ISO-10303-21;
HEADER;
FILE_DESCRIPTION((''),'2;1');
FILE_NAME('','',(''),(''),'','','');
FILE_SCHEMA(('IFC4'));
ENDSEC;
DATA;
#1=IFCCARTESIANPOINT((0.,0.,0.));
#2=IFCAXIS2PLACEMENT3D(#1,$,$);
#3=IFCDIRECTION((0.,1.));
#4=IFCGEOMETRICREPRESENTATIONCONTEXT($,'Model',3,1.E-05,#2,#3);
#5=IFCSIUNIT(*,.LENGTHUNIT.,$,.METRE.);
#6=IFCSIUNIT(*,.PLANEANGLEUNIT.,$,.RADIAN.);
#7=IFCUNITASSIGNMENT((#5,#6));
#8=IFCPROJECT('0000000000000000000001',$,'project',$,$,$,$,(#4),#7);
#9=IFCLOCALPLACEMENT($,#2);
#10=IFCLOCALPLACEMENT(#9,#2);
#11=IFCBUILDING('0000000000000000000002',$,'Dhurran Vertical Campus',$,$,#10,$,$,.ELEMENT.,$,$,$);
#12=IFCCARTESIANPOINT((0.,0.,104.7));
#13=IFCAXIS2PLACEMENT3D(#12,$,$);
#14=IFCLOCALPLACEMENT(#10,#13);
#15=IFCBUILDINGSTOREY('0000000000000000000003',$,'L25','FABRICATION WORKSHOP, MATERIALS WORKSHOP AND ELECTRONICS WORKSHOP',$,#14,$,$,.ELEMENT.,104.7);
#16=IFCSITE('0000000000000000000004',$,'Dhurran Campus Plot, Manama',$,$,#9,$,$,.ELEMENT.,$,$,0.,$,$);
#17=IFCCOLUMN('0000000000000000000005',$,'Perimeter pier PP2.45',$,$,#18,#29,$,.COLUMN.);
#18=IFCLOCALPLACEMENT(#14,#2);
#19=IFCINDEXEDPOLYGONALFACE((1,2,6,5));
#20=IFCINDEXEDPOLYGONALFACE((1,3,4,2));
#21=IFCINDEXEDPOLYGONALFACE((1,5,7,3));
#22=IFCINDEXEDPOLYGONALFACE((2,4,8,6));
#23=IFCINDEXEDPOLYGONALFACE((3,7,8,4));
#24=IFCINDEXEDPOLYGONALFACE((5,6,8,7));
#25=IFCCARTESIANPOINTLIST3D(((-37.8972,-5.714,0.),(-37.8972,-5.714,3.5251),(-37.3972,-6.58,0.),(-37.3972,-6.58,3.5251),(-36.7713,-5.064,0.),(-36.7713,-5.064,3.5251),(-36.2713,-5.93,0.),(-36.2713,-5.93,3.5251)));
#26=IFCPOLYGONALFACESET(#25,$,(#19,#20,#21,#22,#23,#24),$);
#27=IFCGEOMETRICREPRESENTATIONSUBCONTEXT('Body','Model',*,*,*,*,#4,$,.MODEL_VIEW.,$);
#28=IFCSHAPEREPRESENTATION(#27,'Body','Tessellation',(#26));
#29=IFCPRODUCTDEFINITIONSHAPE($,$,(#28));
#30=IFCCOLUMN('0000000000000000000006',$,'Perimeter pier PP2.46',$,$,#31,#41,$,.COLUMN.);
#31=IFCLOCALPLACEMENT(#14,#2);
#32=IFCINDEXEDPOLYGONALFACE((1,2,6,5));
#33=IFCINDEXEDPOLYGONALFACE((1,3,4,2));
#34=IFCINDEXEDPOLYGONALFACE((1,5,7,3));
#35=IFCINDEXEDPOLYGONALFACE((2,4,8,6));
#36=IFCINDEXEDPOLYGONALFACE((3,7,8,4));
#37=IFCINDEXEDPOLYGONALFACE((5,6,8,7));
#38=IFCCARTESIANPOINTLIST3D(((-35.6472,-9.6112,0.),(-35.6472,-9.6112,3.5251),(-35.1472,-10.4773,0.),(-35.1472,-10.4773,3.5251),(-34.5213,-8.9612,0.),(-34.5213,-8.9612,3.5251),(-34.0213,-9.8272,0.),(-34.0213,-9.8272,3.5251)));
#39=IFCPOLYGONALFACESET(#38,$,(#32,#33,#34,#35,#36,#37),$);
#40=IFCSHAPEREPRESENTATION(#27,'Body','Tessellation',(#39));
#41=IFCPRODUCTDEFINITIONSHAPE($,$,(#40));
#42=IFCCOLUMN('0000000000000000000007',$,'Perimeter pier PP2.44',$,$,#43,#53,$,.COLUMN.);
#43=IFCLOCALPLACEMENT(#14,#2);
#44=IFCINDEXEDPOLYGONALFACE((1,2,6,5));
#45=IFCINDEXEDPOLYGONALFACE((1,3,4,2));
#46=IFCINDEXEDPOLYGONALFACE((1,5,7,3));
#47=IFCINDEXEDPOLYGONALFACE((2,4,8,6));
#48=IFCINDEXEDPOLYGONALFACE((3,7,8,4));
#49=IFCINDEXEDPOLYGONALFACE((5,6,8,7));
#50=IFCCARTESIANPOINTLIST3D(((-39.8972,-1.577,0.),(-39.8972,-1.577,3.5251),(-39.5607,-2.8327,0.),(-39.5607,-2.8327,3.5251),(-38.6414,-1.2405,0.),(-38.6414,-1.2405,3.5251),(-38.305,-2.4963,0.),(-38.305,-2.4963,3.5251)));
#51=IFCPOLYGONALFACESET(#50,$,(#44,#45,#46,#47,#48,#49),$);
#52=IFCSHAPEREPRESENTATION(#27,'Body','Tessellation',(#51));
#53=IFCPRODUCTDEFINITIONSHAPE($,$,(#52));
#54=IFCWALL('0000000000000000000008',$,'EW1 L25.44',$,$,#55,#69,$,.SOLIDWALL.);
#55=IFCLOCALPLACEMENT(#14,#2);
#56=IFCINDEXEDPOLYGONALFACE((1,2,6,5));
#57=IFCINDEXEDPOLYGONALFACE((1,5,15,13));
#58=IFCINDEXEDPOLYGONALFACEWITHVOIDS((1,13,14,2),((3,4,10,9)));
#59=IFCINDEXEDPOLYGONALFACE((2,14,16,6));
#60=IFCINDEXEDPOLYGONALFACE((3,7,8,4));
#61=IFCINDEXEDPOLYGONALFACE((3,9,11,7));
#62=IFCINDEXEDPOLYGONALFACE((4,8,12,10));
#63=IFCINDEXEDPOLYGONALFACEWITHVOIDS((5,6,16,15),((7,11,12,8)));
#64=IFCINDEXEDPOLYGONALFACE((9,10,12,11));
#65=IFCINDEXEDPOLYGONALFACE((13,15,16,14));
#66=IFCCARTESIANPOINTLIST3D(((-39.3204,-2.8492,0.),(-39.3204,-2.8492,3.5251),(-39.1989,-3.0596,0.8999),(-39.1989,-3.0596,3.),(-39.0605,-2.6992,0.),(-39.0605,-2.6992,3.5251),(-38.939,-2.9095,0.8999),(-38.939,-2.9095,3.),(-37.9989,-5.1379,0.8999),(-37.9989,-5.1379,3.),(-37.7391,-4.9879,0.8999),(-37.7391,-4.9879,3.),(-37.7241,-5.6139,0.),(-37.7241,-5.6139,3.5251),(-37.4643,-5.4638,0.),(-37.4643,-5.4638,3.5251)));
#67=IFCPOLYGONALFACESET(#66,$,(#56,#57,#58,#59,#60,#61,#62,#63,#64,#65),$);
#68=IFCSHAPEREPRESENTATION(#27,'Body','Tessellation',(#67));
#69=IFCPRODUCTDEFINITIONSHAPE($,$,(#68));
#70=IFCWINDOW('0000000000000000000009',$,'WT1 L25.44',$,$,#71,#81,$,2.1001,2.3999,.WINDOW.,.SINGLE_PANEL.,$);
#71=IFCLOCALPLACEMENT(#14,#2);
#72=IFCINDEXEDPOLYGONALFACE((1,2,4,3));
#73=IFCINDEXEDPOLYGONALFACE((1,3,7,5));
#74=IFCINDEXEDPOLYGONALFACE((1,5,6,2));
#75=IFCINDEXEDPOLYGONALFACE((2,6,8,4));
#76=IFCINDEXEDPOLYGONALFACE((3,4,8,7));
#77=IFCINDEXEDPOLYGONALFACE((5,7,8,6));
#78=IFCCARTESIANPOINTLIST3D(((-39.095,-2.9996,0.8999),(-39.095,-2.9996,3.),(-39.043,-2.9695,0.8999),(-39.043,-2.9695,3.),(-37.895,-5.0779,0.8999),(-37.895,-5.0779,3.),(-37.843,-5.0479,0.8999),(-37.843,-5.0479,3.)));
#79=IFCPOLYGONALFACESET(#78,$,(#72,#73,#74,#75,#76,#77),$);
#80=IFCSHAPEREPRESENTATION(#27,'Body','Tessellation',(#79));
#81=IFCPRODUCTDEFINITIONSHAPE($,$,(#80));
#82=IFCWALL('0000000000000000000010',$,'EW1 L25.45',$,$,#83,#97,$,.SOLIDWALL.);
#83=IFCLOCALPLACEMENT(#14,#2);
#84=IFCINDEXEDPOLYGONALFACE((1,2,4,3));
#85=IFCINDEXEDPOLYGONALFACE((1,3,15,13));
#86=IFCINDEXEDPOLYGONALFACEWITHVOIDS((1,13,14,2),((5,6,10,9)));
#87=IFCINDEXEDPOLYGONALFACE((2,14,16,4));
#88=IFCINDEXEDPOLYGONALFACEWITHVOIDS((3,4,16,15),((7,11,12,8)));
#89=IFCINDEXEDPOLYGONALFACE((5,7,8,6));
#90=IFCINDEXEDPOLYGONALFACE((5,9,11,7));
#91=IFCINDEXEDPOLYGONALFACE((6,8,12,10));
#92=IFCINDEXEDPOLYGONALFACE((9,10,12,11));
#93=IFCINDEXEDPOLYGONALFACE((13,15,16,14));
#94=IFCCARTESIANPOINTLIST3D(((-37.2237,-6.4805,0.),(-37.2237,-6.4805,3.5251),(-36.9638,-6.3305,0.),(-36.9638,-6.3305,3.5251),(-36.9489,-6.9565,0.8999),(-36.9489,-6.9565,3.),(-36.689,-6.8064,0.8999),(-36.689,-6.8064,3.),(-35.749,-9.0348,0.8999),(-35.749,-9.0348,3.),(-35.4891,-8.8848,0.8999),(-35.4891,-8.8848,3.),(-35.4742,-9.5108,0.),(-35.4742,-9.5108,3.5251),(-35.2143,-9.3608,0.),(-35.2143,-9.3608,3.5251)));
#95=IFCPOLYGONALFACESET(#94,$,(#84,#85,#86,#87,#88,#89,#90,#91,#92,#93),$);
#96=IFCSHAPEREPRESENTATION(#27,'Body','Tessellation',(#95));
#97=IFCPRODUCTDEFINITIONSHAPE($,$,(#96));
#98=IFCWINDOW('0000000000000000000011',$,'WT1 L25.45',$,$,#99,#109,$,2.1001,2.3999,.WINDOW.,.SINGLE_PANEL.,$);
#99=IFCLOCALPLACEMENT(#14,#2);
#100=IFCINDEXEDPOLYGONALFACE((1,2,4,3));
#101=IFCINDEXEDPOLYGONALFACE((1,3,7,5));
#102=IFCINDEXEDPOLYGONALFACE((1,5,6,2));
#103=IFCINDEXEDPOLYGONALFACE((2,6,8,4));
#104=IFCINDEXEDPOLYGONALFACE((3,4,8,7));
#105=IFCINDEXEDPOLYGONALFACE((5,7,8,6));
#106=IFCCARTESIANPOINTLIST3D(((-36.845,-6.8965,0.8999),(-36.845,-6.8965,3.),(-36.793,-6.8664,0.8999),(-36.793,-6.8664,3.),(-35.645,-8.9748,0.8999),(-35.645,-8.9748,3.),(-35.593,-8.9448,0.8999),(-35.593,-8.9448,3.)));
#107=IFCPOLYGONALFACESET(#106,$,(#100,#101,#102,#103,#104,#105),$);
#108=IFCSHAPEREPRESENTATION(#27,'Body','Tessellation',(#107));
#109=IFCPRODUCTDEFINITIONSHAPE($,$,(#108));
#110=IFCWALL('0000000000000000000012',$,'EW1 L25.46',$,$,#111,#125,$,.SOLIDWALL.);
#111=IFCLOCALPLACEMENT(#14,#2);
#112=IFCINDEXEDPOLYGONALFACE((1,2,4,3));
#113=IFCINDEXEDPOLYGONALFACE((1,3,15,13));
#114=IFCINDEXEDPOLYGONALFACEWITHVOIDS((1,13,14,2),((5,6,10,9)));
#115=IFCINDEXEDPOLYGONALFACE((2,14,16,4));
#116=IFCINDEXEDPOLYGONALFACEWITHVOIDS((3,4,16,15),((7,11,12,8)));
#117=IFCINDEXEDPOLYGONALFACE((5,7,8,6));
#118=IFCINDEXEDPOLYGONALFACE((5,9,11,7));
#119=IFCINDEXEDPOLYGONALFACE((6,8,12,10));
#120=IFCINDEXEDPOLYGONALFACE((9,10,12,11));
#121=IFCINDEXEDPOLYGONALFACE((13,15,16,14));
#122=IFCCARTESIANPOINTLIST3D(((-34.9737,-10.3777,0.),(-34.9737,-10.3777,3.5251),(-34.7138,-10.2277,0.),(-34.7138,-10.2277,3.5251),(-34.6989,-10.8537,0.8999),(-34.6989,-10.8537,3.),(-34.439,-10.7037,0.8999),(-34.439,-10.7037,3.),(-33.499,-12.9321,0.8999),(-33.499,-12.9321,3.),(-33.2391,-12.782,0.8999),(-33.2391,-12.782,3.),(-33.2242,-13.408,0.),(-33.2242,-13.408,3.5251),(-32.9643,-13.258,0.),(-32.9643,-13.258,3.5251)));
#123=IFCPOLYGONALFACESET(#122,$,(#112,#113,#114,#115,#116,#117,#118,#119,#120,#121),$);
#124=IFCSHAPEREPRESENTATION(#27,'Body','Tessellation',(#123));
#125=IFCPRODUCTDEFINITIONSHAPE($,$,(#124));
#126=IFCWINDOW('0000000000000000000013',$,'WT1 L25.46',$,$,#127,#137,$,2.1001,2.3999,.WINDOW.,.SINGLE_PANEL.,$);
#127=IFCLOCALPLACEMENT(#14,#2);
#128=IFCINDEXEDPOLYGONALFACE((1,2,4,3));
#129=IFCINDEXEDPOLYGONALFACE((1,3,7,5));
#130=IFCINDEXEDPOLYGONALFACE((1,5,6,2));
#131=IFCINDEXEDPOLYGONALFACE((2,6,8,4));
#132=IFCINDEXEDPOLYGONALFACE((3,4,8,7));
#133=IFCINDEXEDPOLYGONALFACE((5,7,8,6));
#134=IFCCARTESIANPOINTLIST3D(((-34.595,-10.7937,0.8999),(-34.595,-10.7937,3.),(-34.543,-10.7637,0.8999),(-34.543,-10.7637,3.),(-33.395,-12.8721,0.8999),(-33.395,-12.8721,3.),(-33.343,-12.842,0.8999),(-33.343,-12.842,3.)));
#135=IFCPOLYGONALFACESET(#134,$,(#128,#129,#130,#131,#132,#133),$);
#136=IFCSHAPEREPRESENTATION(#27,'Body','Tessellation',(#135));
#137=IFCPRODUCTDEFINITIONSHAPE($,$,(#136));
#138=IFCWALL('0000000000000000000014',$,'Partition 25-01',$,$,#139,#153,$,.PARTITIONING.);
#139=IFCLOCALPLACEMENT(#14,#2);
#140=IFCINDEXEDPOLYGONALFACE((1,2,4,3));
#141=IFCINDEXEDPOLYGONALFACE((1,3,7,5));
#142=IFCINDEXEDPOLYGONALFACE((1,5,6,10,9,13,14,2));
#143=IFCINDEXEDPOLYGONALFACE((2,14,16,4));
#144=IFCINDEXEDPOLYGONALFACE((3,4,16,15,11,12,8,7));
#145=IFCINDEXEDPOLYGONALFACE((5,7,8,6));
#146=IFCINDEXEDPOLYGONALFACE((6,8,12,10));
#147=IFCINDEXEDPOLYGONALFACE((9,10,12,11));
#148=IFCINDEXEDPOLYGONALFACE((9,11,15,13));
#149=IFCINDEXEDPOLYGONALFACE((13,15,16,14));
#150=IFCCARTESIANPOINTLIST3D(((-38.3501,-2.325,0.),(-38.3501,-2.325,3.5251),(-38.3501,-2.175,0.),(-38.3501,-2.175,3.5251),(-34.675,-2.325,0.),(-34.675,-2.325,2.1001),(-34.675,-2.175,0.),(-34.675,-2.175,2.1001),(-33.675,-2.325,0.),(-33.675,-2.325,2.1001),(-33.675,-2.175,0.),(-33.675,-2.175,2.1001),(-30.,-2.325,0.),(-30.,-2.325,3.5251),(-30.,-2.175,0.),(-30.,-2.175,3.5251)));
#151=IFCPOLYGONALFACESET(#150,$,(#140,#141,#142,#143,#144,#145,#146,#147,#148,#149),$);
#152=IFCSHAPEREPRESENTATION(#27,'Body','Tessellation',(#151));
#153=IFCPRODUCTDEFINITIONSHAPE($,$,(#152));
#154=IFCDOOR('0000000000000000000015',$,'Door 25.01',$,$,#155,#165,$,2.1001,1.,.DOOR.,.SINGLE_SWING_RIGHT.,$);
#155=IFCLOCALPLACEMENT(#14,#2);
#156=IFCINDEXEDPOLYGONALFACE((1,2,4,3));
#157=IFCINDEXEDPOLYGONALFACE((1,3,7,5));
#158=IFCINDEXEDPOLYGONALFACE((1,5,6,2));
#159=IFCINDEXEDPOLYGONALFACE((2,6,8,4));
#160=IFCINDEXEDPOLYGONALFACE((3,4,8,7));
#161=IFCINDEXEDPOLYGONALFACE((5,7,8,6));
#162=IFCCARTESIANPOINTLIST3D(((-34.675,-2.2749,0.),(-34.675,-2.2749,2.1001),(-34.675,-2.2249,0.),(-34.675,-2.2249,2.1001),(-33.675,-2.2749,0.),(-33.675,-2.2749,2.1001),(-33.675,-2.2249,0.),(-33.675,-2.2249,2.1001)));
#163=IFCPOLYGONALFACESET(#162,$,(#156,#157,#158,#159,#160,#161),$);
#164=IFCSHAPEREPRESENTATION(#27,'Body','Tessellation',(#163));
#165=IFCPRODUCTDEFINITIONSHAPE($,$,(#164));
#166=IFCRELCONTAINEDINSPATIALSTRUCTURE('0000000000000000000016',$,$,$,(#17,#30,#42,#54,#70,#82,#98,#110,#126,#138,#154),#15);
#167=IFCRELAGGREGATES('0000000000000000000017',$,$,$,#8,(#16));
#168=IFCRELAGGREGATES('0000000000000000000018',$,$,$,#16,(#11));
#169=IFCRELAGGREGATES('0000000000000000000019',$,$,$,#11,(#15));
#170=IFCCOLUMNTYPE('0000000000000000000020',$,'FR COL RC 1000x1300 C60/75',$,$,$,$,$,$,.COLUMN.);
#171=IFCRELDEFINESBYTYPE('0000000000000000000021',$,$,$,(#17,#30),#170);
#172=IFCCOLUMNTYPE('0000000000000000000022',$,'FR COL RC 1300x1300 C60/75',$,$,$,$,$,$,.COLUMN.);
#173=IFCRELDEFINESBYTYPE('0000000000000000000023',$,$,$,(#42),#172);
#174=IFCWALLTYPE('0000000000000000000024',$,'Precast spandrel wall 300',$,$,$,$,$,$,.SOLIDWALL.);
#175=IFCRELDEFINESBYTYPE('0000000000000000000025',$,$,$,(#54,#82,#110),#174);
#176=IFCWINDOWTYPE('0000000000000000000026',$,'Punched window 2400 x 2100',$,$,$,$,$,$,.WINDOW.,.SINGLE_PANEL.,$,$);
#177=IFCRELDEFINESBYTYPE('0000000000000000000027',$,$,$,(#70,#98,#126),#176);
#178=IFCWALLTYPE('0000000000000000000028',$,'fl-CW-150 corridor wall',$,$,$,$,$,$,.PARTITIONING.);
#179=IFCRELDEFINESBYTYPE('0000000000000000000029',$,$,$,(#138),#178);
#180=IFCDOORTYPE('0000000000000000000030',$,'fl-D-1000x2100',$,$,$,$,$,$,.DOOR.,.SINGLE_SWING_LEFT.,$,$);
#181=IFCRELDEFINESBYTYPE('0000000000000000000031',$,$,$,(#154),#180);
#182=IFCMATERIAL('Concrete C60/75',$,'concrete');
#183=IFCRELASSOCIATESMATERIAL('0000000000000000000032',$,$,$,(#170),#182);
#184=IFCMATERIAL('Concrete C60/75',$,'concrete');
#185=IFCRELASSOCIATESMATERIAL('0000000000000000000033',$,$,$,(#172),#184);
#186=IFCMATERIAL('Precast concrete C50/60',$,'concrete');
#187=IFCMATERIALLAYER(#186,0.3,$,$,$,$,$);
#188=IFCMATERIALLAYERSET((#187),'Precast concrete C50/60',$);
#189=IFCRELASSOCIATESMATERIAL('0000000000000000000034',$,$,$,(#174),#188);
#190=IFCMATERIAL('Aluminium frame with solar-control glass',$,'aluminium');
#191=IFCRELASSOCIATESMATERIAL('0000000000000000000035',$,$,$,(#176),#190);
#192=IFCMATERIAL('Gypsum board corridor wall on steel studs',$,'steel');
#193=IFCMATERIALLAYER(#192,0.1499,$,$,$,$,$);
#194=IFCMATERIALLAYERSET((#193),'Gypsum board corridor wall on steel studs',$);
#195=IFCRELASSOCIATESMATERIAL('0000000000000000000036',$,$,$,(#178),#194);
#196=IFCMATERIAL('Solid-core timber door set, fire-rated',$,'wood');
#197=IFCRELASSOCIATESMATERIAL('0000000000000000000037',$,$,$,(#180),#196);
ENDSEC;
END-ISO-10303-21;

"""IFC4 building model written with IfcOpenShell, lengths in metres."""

from ifc_helpers import new_model, si_unit, direction, frame, frame_2d, origin, origin_2d, place, context, subcontext, project, spatial, rectangle, extrude, material, layer, layer_set, material_profile, profile_set, type_object, element, fill, save


model = new_model("IFC4")

# Units and contexts
model_context = context("Model", 3, precision=1e-05, world=origin(), true_north=direction((0.0, 1.0)))
body_context = subcontext(model_context, "Body", "Model", "MODEL_VIEW")
ifc_project = project(units=[si_unit("LENGTHUNIT", "METRE"), si_unit("PLANEANGLEUNIT", "RADIAN")], contexts=[model_context])

# Site, building, storey
site_placement = place(None, origin())
site = spatial("IfcSite", under=ifc_project, at=site_placement, Name="Dhurran Campus Plot, Manama", CompositionType="ELEMENT", RefElevation=0.0)
building_placement = place(site_placement, origin())
building = spatial("IfcBuilding", under=site, at=building_placement, Name="Dhurran Vertical Campus", CompositionType="ELEMENT")
storey_placement = place(building_placement, frame((0.0, 0.0, 104.7)))
storey = spatial("IfcBuildingStorey", under=building, at=storey_placement, Name="L25", Description="FABRICATION WORKSHOP, MATERIALS WORKSHOP AND ELECTRONICS WORKSHOP", CompositionType="ELEMENT", Elevation=104.7)

# Columns
ifc_material_1 = material(Name="Concrete C60/75", Category="concrete")
ifc_material_profile_1 = material_profile(ifc_material_1, rectangle(XDim=1.0, YDim=1.3, at=origin_2d()), Name="RC 1000x1300")
ifc_profile_set_1 = profile_set([ifc_material_profile_1], Name="Concrete C60/75")
column_type_1 = type_object("IfcColumnType", Name="FR COL RC 1000x1300 C60/75", PredefinedType="COLUMN", material=ifc_profile_set_1)
for number, where, z_axis, x_axis, name in (
    (1, (-37.0842, -5.822, 0.0), (0.0, 0.0, 1.0), (0.5, -0.866025, 0.0), "Perimeter pier PP2.45"),
    (2, (-34.8342, -9.7192, 0.0), (0.0, 0.0, 1.0), (0.5, -0.866025, 0.0), "Perimeter pier PP2.46"),
):
    element("IfcColumn", number, at=place(storey_placement, frame(where, z_axis=z_axis, x_axis=x_axis)), inside=storey, type_object=column_type_1, Name=name, PredefinedType="COLUMN", context=body_context, shape_type="SweptSolid", body=[
        extrude(rectangle(XDim=1.0, YDim=1.3, at=origin_2d()), origin(), (0.0, 0.0, 1.0), 3.5251),
    ])
ifc_material_2 = material(Name="Concrete C60/75", Category="concrete")
ifc_material_profile_2 = material_profile(ifc_material_2, rectangle(XDim=1.3, YDim=1.3, at=origin_2d()), Name="RC 1300x1300")
ifc_profile_set_2 = profile_set([ifc_material_profile_2], Name="Concrete C60/75")
column_type_2 = type_object("IfcColumnType", Name="FR COL RC 1300x1300 C60/75", PredefinedType="COLUMN", material=ifc_profile_set_2)
column_placement = place(storey_placement, frame((-39.1011, -2.0366, 0.0), z_axis=(0.0, 0.0, 1.0), x_axis=(0.258819, -0.965926, 0.0)))
element("IfcColumn", 3, at=column_placement, inside=storey, type_object=column_type_2, Name="Perimeter pier PP2.44", PredefinedType="COLUMN", context=body_context, shape_type="SweptSolid", body=[
    extrude(rectangle(XDim=1.3, YDim=1.3, at=origin_2d()), origin(), (0.0, 0.0, 1.0), 3.5251),
])

# Walls, openings, windows
ifc_material_3 = material(Name="Precast concrete C50/60", Category="concrete")
ifc_layer_1 = layer(ifc_material_3, 0.3)
ifc_layer_set_1 = layer_set([ifc_layer_1], Name="Precast concrete C50/60")
wall_type_1 = type_object("IfcWallType", Name="Precast spandrel wall 300", PredefinedType="SOLIDWALL", material=ifc_layer_set_1)
wall_1_placement = place(storey_placement, frame((-39.1904, -2.7742, 0.0), z_axis=(0.0, 0.0, 1.0), x_axis=(0.500005, -0.866023, 0.0)))
wall_1 = element("IfcWall", 4, at=wall_1_placement, inside=storey, type_object=wall_type_1, Name="EW1 L25.44", PredefinedType="SOLIDWALL", context=body_context, shape_type="SweptSolid", body=[
    extrude(rectangle(XDim=3.1924, YDim=0.3, at=frame_2d((1.5962, 0.0))), origin(), (0.0, 0.0, 1.0), 3.5251),
])
opening_1_placement = place(wall_1_placement, frame((0.2429, 0.0, 0.8999)))
opening_1 = element("IfcOpeningElement", 5, at=opening_1_placement, cuts=wall_1, PredefinedType="OPENING", context=body_context, shape_type="SweptSolid", body=[
    extrude(rectangle(XDim=2.3999, YDim=2.1001, at=frame_2d((1.2, 1.05))), frame((0.0, 0.1599, 0.0), z_axis=(0.0, -1.0, 0.0), x_axis=(1.0, 0.0, 0.0)), (0.0, 0.0, 1.0), 0.3201),
])
ifc_material_4 = material(Name="Aluminium frame with solar-control glass", Category="aluminium")
window_type = type_object("IfcWindowType", Name="Punched window 2400 x 2100", PartitioningType="SINGLE_PANEL", PredefinedType="WINDOW", material=ifc_material_4)
window_1_placement = place(opening_1_placement, origin())
window_1 = element("IfcWindow", 6, at=window_1_placement, inside=storey, type_object=window_type, Name="WT1 L25.44", OverallHeight=2.1001, OverallWidth=2.3999, PartitioningType="SINGLE_PANEL", PredefinedType="WINDOW", context=body_context, shape_type="SweptSolid", body=[
    extrude(rectangle(XDim=2.3999, YDim=2.1001, at=frame_2d((1.2, 1.05))), frame((0.0, 0.03, 0.0), z_axis=(0.0, -1.0, 0.0), x_axis=(1.0, 0.0, 0.0)), (0.0, 0.0, 1.0), 0.0601),
])
fill(opening_1, window_1)
wall_2_placement = place(storey_placement, frame((-37.0938, -6.4055, 0.0), z_axis=(0.0, 0.0, 1.0), x_axis=(0.499996, -0.866028, 0.0)))
wall_2 = element("IfcWall", 7, at=wall_2_placement, inside=storey, type_object=wall_type_1, Name="EW1 L25.45", PredefinedType="SOLIDWALL", context=body_context, shape_type="SweptSolid", body=[
    extrude(rectangle(XDim=3.499, YDim=0.3, at=frame_2d((1.7495, 0.0))), origin(), (0.0, 0.0, 1.0), 3.5251),
])
opening_2_placement = place(wall_2_placement, frame((0.5496, 0.0, 0.8999)))
opening_2 = element("IfcOpeningElement", 8, at=opening_2_placement, cuts=wall_2, PredefinedType="OPENING", context=body_context, shape_type="SweptSolid", body=[
    extrude(rectangle(XDim=2.3999, YDim=2.1001, at=frame_2d((1.2, 1.05))), frame((0.0, 0.1599, 0.0), z_axis=(0.0, -1.0, 0.0), x_axis=(1.0, 0.0, 0.0)), (0.0, 0.0, 1.0), 0.3201),
])
window_2_placement = place(opening_2_placement, origin())
window_2 = element("IfcWindow", 9, at=window_2_placement, inside=storey, type_object=window_type, Name="WT1 L25.45", OverallHeight=2.1001, OverallWidth=2.3999, PartitioningType="SINGLE_PANEL", PredefinedType="WINDOW", context=body_context, shape_type="SweptSolid", body=[
    extrude(rectangle(XDim=2.3999, YDim=2.1001, at=frame_2d((1.2, 1.05))), frame((0.0, 0.03, 0.0), z_axis=(0.0, -1.0, 0.0), x_axis=(1.0, 0.0, 0.0)), (0.0, 0.0, 1.0), 0.0601),
])
fill(opening_2, window_2)
wall_3_placement = place(storey_placement, frame((-34.8438, -10.3027, 0.0), z_axis=(0.0, 0.0, 1.0), x_axis=(0.499996, -0.866028, 0.0)))
wall_3 = element("IfcWall", 10, at=wall_3_placement, inside=storey, type_object=wall_type_1, Name="EW1 L25.46", PredefinedType="SOLIDWALL", context=body_context, shape_type="SweptSolid", body=[
    extrude(rectangle(XDim=3.499, YDim=0.3, at=frame_2d((1.7495, 0.0))), origin(), (0.0, 0.0, 1.0), 3.5251),
])
opening_3_placement = place(wall_3_placement, frame((0.5496, 0.0, 0.8999)))
opening_3 = element("IfcOpeningElement", 11, at=opening_3_placement, cuts=wall_3, PredefinedType="OPENING", context=body_context, shape_type="SweptSolid", body=[
    extrude(rectangle(XDim=2.3999, YDim=2.1001, at=frame_2d((1.2, 1.05))), frame((0.0, 0.1599, 0.0), z_axis=(0.0, -1.0, 0.0), x_axis=(1.0, 0.0, 0.0)), (0.0, 0.0, 1.0), 0.3201),
])
window_3_placement = place(opening_3_placement, origin())
window_3 = element("IfcWindow", 12, at=window_3_placement, inside=storey, type_object=window_type, Name="WT1 L25.46", OverallHeight=2.1001, OverallWidth=2.3999, PartitioningType="SINGLE_PANEL", PredefinedType="WINDOW", context=body_context, shape_type="SweptSolid", body=[
    extrude(rectangle(XDim=2.3999, YDim=2.1001, at=frame_2d((1.2, 1.05))), frame((0.0, 0.03, 0.0), z_axis=(0.0, -1.0, 0.0), x_axis=(1.0, 0.0, 0.0)), (0.0, 0.0, 1.0), 0.0601),
])
fill(opening_3, window_3)

# Wall, opening, door
ifc_material_5 = material(Name="Gypsum board corridor wall on steel studs", Category="steel")
ifc_layer_2 = layer(ifc_material_5, 0.1499)
ifc_layer_set_2 = layer_set([ifc_layer_2], Name="Gypsum board corridor wall on steel studs")
wall_type_2 = type_object("IfcWallType", Name="fl-CW-150 corridor wall", PredefinedType="PARTITIONING", material=ifc_layer_set_2)
wall_4_placement = place(storey_placement, frame((-30.0, -2.25, 0.0), z_axis=(0.0, 0.0, 1.0), x_axis=(-1.0, 0.0, 0.0)))
wall_4 = element("IfcWall", 13, at=wall_4_placement, inside=storey, type_object=wall_type_2, Name="Partition 25-01", PredefinedType="PARTITIONING", context=body_context, shape_type="SweptSolid", body=[
    extrude(rectangle(XDim=8.3501, YDim=0.1499, at=frame_2d((4.175, 0.0))), origin(), (0.0, 0.0, 1.0), 3.5251),
])
opening_4_placement = place(wall_4_placement, frame((3.675, 0.0, 0.0)))
opening_4 = element("IfcOpeningElement", 14, at=opening_4_placement, cuts=wall_4, PredefinedType="OPENING", context=body_context, shape_type="SweptSolid", body=[
    extrude(rectangle(XDim=1.0, YDim=2.1001, at=frame_2d((0.5, 1.05))), frame((0.0, 0.085, 0.0), z_axis=(0.0, -1.0, 0.0), x_axis=(1.0, 0.0, 0.0)), (0.0, 0.0, 1.0), 0.1699),
])
ifc_material_6 = material(Name="Solid-core timber door set, fire-rated", Category="wood")
door_type = type_object("IfcDoorType", Name="fl-D-1000x2100", OperationType="SINGLE_SWING_LEFT", PredefinedType="DOOR", material=ifc_material_6)
door_placement = place(opening_4_placement, origin())
door = element("IfcDoor", 15, at=door_placement, inside=storey, type_object=door_type, Name="Door 25.01", OperationType="SINGLE_SWING_RIGHT", OverallHeight=2.1001, OverallWidth=1.0, PredefinedType="DOOR", context=body_context, shape_type="SweptSolid", body=[
    extrude(rectangle(XDim=1.0, YDim=2.1001, at=frame_2d((0.5, 1.05))), frame((0.0, 0.0249, 0.0), z_axis=(0.0, -1.0, 0.0), x_axis=(1.0, 0.0, 0.0)), (0.0, 0.0, 1.0), 0.05),
])
fill(opening_4, door)

save(model, "model.ifc")
